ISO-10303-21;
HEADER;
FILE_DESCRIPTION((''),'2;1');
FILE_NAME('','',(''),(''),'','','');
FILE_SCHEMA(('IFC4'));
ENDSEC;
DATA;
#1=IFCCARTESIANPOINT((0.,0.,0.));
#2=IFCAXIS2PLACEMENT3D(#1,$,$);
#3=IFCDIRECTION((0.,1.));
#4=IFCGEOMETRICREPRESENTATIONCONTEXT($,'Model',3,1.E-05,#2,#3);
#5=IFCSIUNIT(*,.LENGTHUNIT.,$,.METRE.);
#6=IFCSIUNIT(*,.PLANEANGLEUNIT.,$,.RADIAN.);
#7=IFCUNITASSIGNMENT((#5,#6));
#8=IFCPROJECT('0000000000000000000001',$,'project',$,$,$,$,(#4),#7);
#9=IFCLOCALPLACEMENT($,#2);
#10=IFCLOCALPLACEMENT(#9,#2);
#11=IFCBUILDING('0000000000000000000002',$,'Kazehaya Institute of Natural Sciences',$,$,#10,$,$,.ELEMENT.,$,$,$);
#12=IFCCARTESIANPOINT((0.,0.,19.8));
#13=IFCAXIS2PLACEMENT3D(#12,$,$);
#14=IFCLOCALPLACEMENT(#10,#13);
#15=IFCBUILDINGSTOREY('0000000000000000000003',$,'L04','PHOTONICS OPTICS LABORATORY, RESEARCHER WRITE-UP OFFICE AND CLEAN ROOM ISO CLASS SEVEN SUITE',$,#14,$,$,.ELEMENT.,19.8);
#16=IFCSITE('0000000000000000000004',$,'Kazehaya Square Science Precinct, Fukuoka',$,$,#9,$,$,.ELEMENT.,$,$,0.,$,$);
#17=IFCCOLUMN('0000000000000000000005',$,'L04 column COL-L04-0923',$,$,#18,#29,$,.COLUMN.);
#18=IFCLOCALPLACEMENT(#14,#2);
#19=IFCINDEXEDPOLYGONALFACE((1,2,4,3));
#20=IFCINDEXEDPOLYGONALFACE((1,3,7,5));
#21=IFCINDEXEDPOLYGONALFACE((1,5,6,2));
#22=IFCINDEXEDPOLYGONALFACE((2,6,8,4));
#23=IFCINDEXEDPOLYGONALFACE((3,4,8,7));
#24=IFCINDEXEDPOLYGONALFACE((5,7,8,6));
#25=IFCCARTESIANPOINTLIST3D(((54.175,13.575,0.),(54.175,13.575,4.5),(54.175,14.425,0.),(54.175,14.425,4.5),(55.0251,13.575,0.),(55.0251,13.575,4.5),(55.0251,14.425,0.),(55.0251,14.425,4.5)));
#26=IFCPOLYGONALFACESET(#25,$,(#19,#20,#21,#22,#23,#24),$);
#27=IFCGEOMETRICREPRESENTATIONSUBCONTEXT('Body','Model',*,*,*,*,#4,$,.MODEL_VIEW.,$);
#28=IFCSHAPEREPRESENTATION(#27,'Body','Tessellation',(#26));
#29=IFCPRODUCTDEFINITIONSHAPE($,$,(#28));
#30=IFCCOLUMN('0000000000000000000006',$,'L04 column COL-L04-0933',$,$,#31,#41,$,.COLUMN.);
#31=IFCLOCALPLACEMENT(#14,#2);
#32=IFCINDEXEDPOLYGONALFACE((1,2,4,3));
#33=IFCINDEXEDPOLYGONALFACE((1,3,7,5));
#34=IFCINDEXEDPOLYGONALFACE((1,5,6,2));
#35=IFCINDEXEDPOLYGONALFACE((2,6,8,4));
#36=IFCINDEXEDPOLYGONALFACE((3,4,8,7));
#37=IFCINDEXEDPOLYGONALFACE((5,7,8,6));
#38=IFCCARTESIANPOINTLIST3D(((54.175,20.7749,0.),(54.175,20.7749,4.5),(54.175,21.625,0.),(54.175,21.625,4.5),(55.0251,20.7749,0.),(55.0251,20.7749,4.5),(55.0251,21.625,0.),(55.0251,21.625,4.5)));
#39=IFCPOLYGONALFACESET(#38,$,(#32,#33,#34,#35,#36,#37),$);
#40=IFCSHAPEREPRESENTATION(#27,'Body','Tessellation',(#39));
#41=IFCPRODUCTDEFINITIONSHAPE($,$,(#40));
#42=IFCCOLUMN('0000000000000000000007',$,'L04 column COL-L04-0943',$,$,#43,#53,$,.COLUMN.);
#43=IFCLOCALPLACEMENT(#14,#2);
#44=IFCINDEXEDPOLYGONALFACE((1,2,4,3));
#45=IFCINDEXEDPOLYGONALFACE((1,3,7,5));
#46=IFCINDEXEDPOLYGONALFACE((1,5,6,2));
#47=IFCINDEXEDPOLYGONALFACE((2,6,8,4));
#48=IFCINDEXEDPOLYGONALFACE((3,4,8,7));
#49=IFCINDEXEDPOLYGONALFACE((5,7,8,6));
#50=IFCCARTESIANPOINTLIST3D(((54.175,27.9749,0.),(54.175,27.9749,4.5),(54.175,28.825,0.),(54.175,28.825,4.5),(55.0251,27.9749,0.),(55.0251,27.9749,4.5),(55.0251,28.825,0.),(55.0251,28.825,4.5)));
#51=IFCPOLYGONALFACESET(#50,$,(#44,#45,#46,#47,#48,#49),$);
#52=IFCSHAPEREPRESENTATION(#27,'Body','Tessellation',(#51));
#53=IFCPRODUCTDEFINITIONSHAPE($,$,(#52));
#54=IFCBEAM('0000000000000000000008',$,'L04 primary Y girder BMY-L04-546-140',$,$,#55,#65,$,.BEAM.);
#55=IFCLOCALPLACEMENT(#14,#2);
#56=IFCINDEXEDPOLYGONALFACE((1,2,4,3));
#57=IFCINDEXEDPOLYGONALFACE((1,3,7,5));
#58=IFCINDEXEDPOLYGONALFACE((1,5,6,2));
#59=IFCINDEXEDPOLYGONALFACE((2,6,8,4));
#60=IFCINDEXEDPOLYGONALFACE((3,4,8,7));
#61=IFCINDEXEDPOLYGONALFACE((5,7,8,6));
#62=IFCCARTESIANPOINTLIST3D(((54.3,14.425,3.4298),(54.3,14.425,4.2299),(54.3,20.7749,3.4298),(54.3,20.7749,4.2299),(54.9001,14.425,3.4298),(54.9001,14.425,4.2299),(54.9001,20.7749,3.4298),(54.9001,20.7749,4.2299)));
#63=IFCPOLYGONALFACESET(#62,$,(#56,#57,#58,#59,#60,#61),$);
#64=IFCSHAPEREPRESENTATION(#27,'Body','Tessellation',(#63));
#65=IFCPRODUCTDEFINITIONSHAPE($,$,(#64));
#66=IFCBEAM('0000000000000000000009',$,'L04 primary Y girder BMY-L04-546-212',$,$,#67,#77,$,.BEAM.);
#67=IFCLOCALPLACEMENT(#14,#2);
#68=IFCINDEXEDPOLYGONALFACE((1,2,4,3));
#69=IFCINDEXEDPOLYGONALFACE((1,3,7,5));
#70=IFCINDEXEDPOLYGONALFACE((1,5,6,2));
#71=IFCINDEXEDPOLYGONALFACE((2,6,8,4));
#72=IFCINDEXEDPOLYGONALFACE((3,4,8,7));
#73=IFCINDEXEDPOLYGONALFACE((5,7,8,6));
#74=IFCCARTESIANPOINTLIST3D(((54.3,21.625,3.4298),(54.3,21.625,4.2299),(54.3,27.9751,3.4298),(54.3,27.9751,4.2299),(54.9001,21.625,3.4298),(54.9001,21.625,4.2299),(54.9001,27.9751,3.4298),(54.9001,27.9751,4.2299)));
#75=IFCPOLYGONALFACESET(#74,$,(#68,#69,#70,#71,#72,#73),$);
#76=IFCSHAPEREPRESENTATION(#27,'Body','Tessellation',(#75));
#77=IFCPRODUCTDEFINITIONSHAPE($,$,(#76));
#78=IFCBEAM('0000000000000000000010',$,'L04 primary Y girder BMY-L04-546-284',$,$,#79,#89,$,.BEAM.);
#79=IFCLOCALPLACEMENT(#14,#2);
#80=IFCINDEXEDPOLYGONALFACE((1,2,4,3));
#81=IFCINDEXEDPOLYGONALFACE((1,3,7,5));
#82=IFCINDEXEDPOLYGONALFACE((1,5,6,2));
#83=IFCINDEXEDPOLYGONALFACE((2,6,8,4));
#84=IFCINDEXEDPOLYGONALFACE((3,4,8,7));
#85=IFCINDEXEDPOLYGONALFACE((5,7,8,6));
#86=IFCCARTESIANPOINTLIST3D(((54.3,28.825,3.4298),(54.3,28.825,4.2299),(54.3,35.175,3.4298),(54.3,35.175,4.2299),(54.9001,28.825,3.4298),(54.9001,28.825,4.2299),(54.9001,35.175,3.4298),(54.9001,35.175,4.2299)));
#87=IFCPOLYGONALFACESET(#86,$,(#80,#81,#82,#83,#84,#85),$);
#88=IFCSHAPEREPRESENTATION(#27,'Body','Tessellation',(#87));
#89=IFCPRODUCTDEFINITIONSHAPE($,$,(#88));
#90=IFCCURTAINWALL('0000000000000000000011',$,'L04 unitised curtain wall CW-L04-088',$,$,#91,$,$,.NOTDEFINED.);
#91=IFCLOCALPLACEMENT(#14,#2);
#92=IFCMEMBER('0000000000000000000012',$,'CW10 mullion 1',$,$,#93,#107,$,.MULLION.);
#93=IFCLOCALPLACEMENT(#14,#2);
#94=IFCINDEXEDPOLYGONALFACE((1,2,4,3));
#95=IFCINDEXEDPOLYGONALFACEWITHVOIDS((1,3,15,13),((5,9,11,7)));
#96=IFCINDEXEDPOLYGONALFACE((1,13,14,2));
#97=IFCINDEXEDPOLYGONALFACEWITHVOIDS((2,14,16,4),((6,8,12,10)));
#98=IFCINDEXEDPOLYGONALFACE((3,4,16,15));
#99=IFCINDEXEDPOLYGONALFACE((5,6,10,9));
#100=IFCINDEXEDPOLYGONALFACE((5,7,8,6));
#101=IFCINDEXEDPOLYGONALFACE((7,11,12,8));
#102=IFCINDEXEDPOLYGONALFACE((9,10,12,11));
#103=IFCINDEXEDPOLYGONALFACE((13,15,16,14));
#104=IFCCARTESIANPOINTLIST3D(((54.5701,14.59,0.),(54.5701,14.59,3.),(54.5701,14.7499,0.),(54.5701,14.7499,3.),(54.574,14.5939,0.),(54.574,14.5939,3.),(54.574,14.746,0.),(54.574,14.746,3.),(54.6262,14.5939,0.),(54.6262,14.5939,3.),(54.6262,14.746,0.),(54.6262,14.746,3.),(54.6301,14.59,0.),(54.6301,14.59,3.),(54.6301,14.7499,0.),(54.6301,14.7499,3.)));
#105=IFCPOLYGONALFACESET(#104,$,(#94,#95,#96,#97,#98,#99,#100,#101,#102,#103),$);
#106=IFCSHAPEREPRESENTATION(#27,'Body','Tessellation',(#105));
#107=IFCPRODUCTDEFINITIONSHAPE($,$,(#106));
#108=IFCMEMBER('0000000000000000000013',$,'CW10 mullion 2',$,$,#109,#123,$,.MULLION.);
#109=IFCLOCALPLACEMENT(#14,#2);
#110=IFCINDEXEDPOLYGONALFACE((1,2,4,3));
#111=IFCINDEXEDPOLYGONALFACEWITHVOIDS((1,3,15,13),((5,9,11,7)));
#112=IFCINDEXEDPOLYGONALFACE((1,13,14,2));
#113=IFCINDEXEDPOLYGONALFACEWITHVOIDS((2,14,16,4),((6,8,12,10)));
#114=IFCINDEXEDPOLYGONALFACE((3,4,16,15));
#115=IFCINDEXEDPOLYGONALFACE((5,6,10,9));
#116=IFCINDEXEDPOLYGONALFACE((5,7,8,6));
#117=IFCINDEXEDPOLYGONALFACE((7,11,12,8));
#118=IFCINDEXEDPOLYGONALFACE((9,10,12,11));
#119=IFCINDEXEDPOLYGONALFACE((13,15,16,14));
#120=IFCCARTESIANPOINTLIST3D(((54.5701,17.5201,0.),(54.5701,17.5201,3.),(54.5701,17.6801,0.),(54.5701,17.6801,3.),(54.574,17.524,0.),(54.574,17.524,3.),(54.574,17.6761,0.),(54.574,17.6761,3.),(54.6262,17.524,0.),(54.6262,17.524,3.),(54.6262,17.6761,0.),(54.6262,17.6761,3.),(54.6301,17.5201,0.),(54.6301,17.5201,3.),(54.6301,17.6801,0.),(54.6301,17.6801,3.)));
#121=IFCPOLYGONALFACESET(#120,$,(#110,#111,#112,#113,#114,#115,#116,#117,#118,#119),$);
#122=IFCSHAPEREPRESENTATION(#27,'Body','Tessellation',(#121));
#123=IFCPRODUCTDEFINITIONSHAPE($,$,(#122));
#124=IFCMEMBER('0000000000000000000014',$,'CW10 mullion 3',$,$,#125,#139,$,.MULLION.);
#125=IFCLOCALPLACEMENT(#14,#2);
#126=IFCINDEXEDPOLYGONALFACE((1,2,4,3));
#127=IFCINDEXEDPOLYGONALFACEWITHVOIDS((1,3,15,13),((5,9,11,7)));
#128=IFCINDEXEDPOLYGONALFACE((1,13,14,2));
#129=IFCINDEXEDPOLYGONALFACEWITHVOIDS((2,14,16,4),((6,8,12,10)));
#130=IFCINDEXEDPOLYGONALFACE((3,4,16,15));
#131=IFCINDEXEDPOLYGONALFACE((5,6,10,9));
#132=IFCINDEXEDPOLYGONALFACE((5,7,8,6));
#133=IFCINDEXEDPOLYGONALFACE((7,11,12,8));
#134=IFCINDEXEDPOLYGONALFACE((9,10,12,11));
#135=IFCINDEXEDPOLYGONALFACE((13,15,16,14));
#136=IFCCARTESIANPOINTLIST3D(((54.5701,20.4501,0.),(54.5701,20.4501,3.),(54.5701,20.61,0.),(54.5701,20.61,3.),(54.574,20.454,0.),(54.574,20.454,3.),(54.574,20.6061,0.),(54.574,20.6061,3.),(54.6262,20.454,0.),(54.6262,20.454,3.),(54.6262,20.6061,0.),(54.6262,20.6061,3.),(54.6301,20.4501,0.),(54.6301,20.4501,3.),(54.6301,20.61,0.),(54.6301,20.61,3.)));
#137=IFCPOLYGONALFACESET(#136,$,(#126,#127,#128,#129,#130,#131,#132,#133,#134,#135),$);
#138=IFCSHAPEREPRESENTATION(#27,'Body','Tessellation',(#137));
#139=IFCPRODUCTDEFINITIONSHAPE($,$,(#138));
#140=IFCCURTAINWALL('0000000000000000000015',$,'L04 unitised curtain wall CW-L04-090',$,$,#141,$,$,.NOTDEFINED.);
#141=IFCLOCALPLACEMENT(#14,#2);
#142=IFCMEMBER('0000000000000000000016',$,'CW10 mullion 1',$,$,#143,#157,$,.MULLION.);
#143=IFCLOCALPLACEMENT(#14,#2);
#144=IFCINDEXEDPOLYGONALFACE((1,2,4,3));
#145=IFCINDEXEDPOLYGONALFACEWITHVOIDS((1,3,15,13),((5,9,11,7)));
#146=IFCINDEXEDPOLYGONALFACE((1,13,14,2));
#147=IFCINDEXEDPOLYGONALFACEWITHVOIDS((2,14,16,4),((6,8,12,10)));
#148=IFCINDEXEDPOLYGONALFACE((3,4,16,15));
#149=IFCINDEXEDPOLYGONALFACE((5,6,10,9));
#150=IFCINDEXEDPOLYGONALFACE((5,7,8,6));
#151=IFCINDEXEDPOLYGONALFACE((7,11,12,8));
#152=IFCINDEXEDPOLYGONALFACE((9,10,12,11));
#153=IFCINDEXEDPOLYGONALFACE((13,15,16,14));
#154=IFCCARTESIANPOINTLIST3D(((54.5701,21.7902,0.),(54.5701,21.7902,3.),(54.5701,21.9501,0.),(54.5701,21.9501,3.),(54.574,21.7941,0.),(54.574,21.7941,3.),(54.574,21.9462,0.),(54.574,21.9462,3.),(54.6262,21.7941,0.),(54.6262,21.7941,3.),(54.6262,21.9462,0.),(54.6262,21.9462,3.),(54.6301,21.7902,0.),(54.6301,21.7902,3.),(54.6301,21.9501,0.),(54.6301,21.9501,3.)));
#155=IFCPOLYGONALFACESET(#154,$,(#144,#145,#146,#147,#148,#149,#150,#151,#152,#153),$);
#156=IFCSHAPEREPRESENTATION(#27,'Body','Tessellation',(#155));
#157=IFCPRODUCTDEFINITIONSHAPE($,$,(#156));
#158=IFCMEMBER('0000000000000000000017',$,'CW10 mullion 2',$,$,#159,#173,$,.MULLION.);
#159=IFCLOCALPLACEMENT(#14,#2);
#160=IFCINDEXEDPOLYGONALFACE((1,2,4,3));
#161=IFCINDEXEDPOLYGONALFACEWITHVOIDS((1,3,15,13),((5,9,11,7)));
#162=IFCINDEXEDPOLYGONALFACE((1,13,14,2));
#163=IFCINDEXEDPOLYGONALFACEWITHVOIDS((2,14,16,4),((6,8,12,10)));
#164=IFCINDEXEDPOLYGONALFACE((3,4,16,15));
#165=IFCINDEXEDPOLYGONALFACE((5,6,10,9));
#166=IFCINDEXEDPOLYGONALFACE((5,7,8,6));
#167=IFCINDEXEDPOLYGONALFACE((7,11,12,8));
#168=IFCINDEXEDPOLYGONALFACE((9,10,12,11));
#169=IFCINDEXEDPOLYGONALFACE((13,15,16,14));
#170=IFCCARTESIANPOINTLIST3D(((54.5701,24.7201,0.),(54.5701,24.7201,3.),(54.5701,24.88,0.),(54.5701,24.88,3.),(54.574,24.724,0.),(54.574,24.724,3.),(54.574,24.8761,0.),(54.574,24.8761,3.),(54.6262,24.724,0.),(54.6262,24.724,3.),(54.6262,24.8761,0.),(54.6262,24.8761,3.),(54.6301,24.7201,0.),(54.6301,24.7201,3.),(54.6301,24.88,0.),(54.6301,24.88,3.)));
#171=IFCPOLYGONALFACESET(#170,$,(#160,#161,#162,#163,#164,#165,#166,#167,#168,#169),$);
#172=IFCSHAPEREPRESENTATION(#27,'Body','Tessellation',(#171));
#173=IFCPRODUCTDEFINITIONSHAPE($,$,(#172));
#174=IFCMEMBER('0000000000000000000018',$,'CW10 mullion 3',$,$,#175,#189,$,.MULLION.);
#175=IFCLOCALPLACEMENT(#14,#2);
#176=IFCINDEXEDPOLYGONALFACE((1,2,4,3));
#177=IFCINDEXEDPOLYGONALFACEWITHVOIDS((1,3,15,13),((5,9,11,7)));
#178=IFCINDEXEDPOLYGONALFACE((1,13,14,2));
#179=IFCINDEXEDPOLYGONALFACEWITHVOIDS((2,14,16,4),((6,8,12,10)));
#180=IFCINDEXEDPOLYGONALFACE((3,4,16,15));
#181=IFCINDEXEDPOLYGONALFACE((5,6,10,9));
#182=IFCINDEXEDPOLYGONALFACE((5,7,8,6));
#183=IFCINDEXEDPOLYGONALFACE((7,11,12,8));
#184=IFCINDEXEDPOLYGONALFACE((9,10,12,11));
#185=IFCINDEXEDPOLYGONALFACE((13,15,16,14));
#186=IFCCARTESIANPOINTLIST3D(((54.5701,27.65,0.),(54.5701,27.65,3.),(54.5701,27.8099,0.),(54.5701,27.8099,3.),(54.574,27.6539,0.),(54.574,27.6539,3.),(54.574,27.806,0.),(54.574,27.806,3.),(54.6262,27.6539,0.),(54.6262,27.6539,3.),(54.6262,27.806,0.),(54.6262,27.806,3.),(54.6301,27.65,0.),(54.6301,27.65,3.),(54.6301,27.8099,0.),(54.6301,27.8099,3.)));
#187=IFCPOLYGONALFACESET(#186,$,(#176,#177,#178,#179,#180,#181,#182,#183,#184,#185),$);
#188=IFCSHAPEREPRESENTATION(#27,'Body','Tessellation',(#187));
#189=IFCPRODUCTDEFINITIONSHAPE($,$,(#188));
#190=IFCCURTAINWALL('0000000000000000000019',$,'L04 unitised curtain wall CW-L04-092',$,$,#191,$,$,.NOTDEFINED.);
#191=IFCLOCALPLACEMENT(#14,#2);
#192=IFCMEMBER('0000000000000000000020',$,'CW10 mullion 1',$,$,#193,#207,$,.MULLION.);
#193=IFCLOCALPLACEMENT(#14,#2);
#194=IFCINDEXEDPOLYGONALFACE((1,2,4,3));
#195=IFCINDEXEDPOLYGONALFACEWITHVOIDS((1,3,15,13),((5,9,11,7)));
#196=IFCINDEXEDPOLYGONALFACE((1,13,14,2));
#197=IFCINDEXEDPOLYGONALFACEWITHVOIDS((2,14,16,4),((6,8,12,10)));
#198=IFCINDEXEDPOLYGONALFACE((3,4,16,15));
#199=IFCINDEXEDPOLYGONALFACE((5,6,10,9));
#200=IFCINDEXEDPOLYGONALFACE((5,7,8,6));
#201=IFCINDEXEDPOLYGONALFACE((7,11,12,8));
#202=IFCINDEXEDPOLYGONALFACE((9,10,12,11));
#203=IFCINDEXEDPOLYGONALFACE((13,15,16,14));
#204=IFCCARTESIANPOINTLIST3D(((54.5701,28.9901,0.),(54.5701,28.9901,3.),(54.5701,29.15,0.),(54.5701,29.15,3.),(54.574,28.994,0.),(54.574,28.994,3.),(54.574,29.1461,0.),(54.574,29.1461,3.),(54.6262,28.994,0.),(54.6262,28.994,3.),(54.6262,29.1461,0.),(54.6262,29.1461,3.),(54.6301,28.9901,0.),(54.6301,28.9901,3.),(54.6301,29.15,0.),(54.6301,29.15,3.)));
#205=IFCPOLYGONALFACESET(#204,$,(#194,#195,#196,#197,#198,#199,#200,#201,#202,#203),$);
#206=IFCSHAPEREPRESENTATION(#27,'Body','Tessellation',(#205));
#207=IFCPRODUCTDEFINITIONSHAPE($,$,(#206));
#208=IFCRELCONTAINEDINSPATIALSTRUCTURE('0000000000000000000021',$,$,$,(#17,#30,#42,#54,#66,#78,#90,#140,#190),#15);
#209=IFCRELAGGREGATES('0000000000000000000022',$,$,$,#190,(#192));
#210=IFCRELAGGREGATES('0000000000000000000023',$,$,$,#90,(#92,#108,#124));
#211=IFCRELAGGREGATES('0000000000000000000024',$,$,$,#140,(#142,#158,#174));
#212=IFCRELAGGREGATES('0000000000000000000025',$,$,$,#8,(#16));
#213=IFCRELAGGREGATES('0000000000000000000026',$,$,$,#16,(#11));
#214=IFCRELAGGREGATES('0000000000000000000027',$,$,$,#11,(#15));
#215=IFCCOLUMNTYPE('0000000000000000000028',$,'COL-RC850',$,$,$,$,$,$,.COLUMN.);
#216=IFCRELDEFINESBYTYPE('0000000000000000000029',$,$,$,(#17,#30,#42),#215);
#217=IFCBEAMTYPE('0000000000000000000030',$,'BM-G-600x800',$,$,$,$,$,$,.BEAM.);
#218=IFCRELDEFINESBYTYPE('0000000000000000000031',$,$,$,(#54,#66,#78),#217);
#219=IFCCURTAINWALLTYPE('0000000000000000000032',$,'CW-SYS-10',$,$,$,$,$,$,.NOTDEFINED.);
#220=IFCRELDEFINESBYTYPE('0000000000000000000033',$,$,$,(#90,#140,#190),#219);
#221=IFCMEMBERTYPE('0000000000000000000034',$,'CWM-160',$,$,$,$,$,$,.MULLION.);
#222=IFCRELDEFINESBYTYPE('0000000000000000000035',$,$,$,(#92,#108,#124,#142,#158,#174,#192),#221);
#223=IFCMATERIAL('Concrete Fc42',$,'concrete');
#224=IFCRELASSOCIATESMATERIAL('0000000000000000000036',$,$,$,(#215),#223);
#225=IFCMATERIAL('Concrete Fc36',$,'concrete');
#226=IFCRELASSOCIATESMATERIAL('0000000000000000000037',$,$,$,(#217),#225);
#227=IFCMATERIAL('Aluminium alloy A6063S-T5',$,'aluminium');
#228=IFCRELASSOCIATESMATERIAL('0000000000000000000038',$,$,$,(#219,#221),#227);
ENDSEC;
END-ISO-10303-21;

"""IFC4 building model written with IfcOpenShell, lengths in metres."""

from ifc_helpers import new_model, si_unit, direction, frame, origin, origin_2d, place, context, subcontext, project, spatial, rectangle, hollow_rectangle, extrude, material, material_profile, profile_set, type_object, element, aggregate, save


model = new_model("IFC4")

# Units and contexts
model_context = context("Model", 3, precision=1e-05, world=origin(), true_north=direction((0.0, 1.0)))
body_context = subcontext(model_context, "Body", "Model", "MODEL_VIEW")
ifc_project = project(units=[si_unit("LENGTHUNIT", "METRE"), si_unit("PLANEANGLEUNIT", "RADIAN")], contexts=[model_context])

# Site, building, storey
site_placement = place(None, origin())
site = spatial("IfcSite", under=ifc_project, at=site_placement, Name="Kazehaya Square Science Precinct, Fukuoka", CompositionType="ELEMENT", RefElevation=0.0)
building_placement = place(site_placement, origin())
building = spatial("IfcBuilding", under=site, at=building_placement, Name="Kazehaya Institute of Natural Sciences", CompositionType="ELEMENT")
storey_placement = place(building_placement, frame((0.0, 0.0, 19.8)))
storey = spatial("IfcBuildingStorey", under=building, at=storey_placement, Name="L04", Description="PHOTONICS OPTICS LABORATORY, RESEARCHER WRITE-UP OFFICE AND CLEAN ROOM ISO CLASS SEVEN SUITE", CompositionType="ELEMENT", Elevation=19.8)

# Columns
ifc_material_1 = material(Name="Concrete Fc42", Category="concrete")
ifc_material_profile_1 = material_profile(ifc_material_1, rectangle(XDim=0.8501, YDim=0.8501, at=origin_2d()), Name="RC-850x850")
ifc_profile_set_1 = profile_set([ifc_material_profile_1], Name="Concrete Fc42")
column_type = type_object("IfcColumnType", Name="COL-RC850", PredefinedType="COLUMN", material=ifc_profile_set_1)
for number, where, z_axis, x_axis, name in (
    (1, (54.6001, 14.0, 0.0), (0.0, 0.0, 1.0), (1.0, 0.0, 0.0), "L04 column COL-L04-0923"),
    (2, (54.6001, 21.2, 0.0), (0.0, 0.0, 1.0), (1.0, 0.0, 0.0), "L04 column COL-L04-0933"),
    (3, (54.6001, 28.3999, 0.0), (0.0, 0.0, 1.0), (1.0, 0.0, 0.0), "L04 column COL-L04-0943"),
):
    element("IfcColumn", number, at=place(storey_placement, frame(where, z_axis=z_axis, x_axis=x_axis)), inside=storey, type_object=column_type, Name=name, PredefinedType="COLUMN", context=body_context, shape_type="SweptSolid", body=[
        extrude(rectangle(XDim=0.8501, YDim=0.8501, at=origin_2d()), origin(), (0.0, 0.0, 1.0), 4.5),
    ])

# Beams
ifc_material_2 = material(Name="Concrete Fc36", Category="concrete")
ifc_material_profile_2 = material_profile(ifc_material_2, rectangle(XDim=0.6001, YDim=0.8, at=origin_2d()), Name="RC-600x800")
ifc_profile_set_2 = profile_set([ifc_material_profile_2], Name="Concrete Fc36")
beam_type = type_object("IfcBeamType", Name="BM-G-600x800", PredefinedType="BEAM", material=ifc_profile_set_2)
beam_placement = place(storey_placement, frame((54.6001, 14.425, 3.8298), z_axis=(0.0, 1.0, 0.0), x_axis=(-1.0, 0.0, 0.0)))
element("IfcBeam", 4, at=beam_placement, inside=storey, type_object=beam_type, Name="L04 primary Y girder BMY-L04-546-140", PredefinedType="BEAM", context=body_context, shape_type="SweptSolid", body=[
    extrude(rectangle(XDim=0.6001, YDim=0.8, at=origin_2d()), origin(), (0.0, 0.0, 1.0), 6.3499),
])
for number, where, z_axis, x_axis, name in (
    (5, (54.6001, 21.625, 3.8298), (0.0, 1.0, 0.0), (-1.0, 0.0, 0.0), "L04 primary Y girder BMY-L04-546-212"),
    (6, (54.6001, 28.825, 3.8298), (0.0, 1.0, 0.0), (-1.0, 0.0, 0.0), "L04 primary Y girder BMY-L04-546-284"),
):
    element("IfcBeam", number, at=place(storey_placement, frame(where, z_axis=z_axis, x_axis=x_axis)), inside=storey, type_object=beam_type, Name=name, PredefinedType="BEAM", context=body_context, shape_type="SweptSolid", body=[
        extrude(rectangle(XDim=0.6001, YDim=0.8, at=origin_2d()), origin(), (0.0, 0.0, 1.0), 6.3501),
    ])

# Curtain walls, members
ifc_material_3 = material(Name="Aluminium alloy A6063S-T5", Category="aluminium")
curtain_wall_type = type_object("IfcCurtainWallType", Name="CW-SYS-10", PredefinedType="NOTDEFINED", material=ifc_material_3)
curtain_wall_1_placement = place(storey_placement, origin())
curtain_wall_1 = element("IfcCurtainWall", 7, at=curtain_wall_1_placement, inside=storey, type_object=curtain_wall_type, Name="L04 unitised curtain wall CW-L04-088", PredefinedType="NOTDEFINED")
ifc_material_profile_3 = material_profile(ifc_material_3, hollow_rectangle(XDim=0.0601, YDim=0.1599, WallThickness=0.0039, at=origin_2d()), Name="ALU-60x160x4")
ifc_profile_set_3 = profile_set([ifc_material_profile_3], Name="Aluminium alloy A6063S-T5")
member_type_1 = type_object("IfcMemberType", Name="CWM-160", PredefinedType="MULLION", material=ifc_profile_set_3)
member_1_placement = place(storey_placement, frame((54.6001, 14.6699, 0.0), z_axis=(0.0, 0.0, 1.0), x_axis=(-1.0, 0.0, 0.0)))
member_1 = element("IfcMember", 8, at=member_1_placement, type_object=member_type_1, Name="CW10 mullion 1", PredefinedType="MULLION", context=body_context, shape_type="SweptSolid", body=[
    extrude(hollow_rectangle(XDim=0.0601, YDim=0.1599, WallThickness=0.0039, at=origin_2d()), origin(), (0.0, 0.0, 1.0), 3.0),
])
member_2_placement = place(storey_placement, frame((54.6001, 17.6001, 0.0), z_axis=(0.0, 0.0, 1.0), x_axis=(-1.0, 0.0, 0.0)))
member_2 = element("IfcMember", 9, at=member_2_placement, type_object=member_type_1, Name="CW10 mullion 2", PredefinedType="MULLION", context=body_context, shape_type="SweptSolid", body=[
    extrude(hollow_rectangle(XDim=0.0601, YDim=0.1599, WallThickness=0.0039, at=origin_2d()), origin(), (0.0, 0.0, 1.0), 3.0),
])
member_3_placement = place(storey_placement, frame((54.6001, 20.53, 0.0), z_axis=(0.0, 0.0, 1.0), x_axis=(-1.0, 0.0, 0.0)))
member_3 = element("IfcMember", 10, at=member_3_placement, type_object=member_type_1, Name="CW10 mullion 3", PredefinedType="MULLION", context=body_context, shape_type="SweptSolid", body=[
    extrude(hollow_rectangle(XDim=0.0601, YDim=0.1599, WallThickness=0.0039, at=origin_2d()), origin(), (0.0, 0.0, 1.0), 3.0),
])
curtain_wall_2_placement = place(storey_placement, origin())
curtain_wall_2 = element("IfcCurtainWall", 11, at=curtain_wall_2_placement, inside=storey, type_object=curtain_wall_type, Name="L04 unitised curtain wall CW-L04-090", PredefinedType="NOTDEFINED")
member_4_placement = place(storey_placement, frame((54.6001, 21.8701, 0.0), z_axis=(0.0, 0.0, 1.0), x_axis=(-1.0, 0.0, 0.0)))
member_4 = element("IfcMember", 12, at=member_4_placement, type_object=member_type_1, Name="CW10 mullion 1", PredefinedType="MULLION", context=body_context, shape_type="SweptSolid", body=[
    extrude(hollow_rectangle(XDim=0.0601, YDim=0.1599, WallThickness=0.0039, at=origin_2d()), origin(), (0.0, 0.0, 1.0), 3.0),
])
member_5_placement = place(storey_placement, frame((54.6001, 24.8, 0.0), z_axis=(0.0, 0.0, 1.0), x_axis=(-1.0, 0.0, 0.0)))
member_5 = element("IfcMember", 13, at=member_5_placement, type_object=member_type_1, Name="CW10 mullion 2", PredefinedType="MULLION", context=body_context, shape_type="SweptSolid", body=[
    extrude(hollow_rectangle(XDim=0.0601, YDim=0.1599, WallThickness=0.0039, at=origin_2d()), origin(), (0.0, 0.0, 1.0), 3.0),
])
member_6_placement = place(storey_placement, frame((54.6001, 27.73, 0.0), z_axis=(0.0, 0.0, 1.0), x_axis=(-1.0, 0.0, 0.0)))
member_6 = element("IfcMember", 14, at=member_6_placement, type_object=member_type_1, Name="CW10 mullion 3", PredefinedType="MULLION", context=body_context, shape_type="SweptSolid", body=[
    extrude(hollow_rectangle(XDim=0.0601, YDim=0.1599, WallThickness=0.0039, at=origin_2d()), origin(), (0.0, 0.0, 1.0), 3.0),
])

# Curtain wall, member
curtain_wall_3_placement = place(storey_placement, origin())
curtain_wall_3 = element("IfcCurtainWall", 15, at=curtain_wall_3_placement, inside=storey, type_object=curtain_wall_type, Name="L04 unitised curtain wall CW-L04-092", PredefinedType="NOTDEFINED")
member_7_placement = place(storey_placement, frame((54.6001, 29.0701, 0.0), z_axis=(0.0, 0.0, 1.0), x_axis=(-1.0, 0.0, 0.0)))
member_7 = element("IfcMember", 16, at=member_7_placement, type_object=member_type_1, Name="CW10 mullion 1", PredefinedType="MULLION", context=body_context, shape_type="SweptSolid", body=[
    extrude(hollow_rectangle(XDim=0.0601, YDim=0.1599, WallThickness=0.0039, at=origin_2d()), origin(), (0.0, 0.0, 1.0), 3.0),
])

aggregate(curtain_wall_3, [member_7])

aggregate(curtain_wall_1, [member_1, member_2, member_3])
aggregate(curtain_wall_2, [member_4, member_5, member_6])

save(model, "model.ifc")
